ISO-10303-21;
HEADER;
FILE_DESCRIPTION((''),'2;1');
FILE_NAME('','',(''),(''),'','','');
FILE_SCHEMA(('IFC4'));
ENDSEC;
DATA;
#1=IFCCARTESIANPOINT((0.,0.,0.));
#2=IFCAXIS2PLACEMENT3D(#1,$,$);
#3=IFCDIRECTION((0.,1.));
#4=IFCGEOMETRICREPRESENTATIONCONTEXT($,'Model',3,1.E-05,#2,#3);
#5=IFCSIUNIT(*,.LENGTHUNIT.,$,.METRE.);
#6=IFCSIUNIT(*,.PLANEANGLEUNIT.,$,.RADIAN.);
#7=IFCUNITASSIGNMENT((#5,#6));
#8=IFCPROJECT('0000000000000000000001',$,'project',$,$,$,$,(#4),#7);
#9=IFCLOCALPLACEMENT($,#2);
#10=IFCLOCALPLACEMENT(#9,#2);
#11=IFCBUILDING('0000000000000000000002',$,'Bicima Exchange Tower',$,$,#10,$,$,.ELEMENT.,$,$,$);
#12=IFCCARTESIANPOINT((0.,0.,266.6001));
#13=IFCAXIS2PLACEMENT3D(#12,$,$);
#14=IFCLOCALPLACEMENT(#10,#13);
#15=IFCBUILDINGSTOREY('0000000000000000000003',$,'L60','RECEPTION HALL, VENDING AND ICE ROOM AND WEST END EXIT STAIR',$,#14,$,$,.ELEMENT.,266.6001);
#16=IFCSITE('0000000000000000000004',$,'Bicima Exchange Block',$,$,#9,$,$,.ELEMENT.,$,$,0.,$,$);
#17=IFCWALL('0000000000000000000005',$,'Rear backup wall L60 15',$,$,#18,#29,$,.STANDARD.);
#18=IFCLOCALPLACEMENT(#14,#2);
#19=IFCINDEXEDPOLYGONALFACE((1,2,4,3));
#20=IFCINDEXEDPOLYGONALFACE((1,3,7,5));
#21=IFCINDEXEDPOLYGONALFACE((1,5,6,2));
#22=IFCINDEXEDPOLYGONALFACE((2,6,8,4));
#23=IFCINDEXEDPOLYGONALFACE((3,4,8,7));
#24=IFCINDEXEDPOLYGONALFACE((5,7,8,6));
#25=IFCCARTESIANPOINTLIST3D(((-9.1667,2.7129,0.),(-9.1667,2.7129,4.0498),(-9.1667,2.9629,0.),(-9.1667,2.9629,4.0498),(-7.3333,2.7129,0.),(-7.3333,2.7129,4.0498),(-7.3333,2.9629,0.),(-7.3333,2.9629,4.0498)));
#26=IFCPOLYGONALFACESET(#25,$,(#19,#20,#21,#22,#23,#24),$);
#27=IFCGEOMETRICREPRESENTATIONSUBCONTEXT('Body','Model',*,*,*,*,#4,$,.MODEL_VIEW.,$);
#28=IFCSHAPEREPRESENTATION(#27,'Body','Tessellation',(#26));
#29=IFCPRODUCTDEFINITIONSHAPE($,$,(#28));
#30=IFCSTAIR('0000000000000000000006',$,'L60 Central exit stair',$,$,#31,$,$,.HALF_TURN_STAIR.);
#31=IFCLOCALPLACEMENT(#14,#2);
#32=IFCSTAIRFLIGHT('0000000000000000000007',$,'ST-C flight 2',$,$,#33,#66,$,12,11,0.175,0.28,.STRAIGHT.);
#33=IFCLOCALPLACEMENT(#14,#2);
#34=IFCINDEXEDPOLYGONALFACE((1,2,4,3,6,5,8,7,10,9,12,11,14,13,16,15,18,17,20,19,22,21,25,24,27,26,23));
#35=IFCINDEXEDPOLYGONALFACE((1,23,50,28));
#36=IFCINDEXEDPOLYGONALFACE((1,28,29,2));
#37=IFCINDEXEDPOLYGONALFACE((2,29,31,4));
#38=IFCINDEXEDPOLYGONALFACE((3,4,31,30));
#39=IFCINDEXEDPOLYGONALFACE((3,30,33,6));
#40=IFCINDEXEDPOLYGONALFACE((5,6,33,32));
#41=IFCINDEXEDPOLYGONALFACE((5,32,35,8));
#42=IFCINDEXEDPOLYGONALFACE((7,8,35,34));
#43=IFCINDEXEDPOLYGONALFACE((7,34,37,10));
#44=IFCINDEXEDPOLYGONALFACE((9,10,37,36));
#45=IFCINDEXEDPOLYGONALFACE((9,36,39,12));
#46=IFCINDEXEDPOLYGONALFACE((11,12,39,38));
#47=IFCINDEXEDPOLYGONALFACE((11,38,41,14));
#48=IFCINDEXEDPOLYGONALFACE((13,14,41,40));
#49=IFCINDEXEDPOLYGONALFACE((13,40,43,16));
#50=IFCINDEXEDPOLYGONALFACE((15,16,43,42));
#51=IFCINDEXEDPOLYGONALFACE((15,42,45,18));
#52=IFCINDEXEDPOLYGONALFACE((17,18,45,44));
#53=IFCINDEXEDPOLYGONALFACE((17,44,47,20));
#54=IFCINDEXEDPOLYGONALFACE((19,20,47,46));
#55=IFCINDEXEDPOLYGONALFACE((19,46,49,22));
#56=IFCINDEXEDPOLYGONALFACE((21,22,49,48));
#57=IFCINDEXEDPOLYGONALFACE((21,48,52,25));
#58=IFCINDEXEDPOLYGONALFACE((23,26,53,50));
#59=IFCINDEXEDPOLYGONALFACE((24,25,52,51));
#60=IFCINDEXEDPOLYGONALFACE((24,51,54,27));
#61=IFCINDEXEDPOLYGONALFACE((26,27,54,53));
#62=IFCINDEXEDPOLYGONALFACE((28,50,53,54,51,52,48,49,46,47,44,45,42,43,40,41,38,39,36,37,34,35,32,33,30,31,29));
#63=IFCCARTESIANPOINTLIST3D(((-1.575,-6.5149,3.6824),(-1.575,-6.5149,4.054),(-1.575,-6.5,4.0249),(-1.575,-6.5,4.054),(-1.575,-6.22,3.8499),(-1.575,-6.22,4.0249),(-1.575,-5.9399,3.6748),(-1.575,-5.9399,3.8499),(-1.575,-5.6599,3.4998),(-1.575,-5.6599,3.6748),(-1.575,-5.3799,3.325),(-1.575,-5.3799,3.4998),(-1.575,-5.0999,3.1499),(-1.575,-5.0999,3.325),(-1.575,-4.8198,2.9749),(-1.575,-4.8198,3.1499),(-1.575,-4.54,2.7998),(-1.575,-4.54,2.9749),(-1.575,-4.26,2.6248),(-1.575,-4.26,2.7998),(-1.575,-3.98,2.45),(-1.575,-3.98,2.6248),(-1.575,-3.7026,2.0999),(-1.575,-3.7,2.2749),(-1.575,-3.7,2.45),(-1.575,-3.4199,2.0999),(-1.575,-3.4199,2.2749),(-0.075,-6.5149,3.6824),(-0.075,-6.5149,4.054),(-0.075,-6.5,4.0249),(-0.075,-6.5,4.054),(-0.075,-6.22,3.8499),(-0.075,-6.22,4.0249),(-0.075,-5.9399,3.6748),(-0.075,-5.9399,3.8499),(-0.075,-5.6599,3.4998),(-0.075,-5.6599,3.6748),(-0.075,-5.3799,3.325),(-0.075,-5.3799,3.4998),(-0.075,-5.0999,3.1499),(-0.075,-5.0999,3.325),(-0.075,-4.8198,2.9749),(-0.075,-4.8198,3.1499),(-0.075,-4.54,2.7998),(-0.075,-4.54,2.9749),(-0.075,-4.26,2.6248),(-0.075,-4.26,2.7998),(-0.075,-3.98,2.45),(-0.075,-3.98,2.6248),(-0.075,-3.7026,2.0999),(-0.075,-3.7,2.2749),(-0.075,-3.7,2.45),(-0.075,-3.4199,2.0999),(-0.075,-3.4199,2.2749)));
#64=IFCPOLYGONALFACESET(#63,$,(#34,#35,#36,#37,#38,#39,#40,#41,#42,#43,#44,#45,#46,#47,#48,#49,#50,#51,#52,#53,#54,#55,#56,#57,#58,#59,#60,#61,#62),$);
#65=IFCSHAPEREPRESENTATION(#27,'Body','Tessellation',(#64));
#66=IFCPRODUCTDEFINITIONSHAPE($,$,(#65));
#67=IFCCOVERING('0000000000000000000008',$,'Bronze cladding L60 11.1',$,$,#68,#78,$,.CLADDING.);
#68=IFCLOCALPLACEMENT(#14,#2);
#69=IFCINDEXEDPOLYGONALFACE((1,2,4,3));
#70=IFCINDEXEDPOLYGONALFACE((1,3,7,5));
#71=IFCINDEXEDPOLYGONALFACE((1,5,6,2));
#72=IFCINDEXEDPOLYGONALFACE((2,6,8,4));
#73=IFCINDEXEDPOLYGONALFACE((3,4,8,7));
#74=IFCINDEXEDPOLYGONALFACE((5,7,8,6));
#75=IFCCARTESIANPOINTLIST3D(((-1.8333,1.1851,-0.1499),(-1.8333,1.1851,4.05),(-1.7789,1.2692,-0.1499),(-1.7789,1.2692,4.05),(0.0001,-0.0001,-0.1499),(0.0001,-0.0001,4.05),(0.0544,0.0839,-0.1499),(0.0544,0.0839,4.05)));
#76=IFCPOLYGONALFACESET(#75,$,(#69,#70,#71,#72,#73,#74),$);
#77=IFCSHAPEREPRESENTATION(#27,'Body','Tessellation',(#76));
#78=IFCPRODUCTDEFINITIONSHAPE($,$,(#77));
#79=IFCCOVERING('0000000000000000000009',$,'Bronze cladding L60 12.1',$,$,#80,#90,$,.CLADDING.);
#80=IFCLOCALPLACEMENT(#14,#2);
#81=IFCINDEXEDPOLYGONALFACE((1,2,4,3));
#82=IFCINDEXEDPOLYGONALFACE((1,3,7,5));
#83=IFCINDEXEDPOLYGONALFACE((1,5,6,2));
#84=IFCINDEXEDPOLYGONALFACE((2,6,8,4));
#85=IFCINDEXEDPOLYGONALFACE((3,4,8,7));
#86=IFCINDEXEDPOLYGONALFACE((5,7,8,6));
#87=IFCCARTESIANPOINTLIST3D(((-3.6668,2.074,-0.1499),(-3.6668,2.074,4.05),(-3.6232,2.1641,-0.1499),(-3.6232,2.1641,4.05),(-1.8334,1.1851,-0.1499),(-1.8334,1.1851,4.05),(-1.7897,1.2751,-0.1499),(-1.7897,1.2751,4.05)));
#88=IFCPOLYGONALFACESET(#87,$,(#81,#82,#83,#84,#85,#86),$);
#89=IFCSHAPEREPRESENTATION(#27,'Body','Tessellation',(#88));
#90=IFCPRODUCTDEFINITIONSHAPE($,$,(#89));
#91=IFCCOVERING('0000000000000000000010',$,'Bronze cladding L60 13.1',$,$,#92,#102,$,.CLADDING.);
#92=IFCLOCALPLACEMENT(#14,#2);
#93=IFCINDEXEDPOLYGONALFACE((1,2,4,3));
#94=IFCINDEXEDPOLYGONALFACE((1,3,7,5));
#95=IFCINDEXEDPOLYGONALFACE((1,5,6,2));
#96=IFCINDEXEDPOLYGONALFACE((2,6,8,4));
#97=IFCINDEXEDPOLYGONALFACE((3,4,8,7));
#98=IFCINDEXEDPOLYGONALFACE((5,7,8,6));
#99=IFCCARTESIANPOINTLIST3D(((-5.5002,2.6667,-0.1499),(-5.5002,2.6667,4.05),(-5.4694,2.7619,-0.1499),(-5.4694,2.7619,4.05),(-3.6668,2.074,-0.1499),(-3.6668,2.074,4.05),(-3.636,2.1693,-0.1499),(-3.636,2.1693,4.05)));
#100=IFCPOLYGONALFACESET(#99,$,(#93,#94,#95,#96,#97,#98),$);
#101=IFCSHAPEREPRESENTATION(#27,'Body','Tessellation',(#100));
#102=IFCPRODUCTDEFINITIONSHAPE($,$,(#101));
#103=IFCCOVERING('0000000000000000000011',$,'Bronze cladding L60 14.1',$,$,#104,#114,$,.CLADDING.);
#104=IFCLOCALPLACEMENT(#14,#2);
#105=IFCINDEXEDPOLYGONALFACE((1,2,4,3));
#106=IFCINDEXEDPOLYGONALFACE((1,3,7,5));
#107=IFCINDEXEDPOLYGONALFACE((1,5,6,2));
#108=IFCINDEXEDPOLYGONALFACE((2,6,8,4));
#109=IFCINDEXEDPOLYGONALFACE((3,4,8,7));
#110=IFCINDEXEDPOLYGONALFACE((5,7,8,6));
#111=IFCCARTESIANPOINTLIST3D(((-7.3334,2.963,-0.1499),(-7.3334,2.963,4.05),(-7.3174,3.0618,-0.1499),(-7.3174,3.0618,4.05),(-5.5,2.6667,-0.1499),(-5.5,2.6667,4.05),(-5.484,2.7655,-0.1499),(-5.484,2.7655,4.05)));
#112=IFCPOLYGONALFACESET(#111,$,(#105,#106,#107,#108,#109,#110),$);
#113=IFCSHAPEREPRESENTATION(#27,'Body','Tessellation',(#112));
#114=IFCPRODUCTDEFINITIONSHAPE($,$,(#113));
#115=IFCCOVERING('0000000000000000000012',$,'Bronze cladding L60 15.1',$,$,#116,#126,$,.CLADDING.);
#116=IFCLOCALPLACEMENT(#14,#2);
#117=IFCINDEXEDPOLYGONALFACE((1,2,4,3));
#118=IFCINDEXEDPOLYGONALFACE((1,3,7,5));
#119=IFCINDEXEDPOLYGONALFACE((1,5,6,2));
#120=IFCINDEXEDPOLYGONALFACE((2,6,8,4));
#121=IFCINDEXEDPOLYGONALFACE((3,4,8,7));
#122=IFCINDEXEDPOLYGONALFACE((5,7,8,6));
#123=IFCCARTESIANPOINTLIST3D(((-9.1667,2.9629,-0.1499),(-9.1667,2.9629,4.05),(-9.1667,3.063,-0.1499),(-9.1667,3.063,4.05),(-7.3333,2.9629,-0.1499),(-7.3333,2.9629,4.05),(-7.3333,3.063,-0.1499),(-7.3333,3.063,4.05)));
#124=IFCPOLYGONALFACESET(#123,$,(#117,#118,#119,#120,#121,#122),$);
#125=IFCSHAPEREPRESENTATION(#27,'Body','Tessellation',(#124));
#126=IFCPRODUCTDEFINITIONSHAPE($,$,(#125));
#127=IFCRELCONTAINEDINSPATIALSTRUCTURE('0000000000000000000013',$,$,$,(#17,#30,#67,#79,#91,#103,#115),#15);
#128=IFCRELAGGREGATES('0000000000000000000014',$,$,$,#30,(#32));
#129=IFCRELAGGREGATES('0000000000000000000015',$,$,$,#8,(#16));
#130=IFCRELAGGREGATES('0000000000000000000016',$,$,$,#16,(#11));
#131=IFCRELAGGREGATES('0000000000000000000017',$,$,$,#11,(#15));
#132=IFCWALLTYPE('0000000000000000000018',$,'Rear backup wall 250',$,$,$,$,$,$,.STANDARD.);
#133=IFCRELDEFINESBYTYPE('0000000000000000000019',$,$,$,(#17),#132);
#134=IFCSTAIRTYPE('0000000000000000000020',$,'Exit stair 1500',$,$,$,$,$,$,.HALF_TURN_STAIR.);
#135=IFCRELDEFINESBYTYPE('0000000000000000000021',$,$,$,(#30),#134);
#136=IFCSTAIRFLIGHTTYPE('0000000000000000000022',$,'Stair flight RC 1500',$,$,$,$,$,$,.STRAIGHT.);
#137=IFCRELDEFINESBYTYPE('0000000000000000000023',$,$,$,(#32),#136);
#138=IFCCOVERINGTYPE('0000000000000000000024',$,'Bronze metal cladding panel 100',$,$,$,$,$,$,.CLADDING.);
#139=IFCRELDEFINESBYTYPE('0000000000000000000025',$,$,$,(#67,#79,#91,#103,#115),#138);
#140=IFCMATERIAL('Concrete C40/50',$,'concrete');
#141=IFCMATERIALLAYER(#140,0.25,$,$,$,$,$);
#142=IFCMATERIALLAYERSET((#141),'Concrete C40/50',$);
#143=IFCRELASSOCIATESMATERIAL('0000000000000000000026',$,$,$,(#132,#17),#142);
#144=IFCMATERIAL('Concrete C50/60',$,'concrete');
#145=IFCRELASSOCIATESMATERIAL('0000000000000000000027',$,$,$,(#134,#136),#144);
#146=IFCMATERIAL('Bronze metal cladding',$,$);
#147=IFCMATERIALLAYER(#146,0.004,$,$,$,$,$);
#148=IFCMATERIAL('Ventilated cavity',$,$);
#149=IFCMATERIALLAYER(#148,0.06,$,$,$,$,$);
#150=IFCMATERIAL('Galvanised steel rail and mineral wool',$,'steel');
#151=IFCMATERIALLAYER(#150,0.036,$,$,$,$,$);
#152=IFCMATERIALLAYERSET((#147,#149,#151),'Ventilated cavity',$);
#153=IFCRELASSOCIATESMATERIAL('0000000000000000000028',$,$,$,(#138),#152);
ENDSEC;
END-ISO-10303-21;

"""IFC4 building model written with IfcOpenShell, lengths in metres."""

from ifc_helpers import new_model, si_unit, direction, frame, frame_2d, origin, origin_2d, place, context, subcontext, project, spatial, polyline, rectangle, outline, extrude, material, layer, layer_set, layer_usage, type_object, element, aggregate, save


model = new_model("IFC4")

# Units and contexts
model_context = context("Model", 3, precision=1e-05, world=origin(), true_north=direction((0.0, 1.0)))
body_context = subcontext(model_context, "Body", "Model", "MODEL_VIEW")
ifc_project = project(units=[si_unit("LENGTHUNIT", "METRE"), si_unit("PLANEANGLEUNIT", "RADIAN")], contexts=[model_context])

# Site, building, storey
site_placement = place(None, origin())
site = spatial("IfcSite", under=ifc_project, at=site_placement, Name="Bicima Exchange Block", CompositionType="ELEMENT", RefElevation=0.0)
building_placement = place(site_placement, origin())
building = spatial("IfcBuilding", under=site, at=building_placement, Name="Bicima Exchange Tower", CompositionType="ELEMENT")
storey_placement = place(building_placement, frame((0.0, 0.0, 266.6001)))
storey = spatial("IfcBuildingStorey", under=building, at=storey_placement, Name="L60", Description="RECEPTION HALL, VENDING AND ICE ROOM AND WEST END EXIT STAIR", CompositionType="ELEMENT", Elevation=266.6001)

# Shared definitions
ifc_material_1 = material(Name="Concrete C40/50", Category="concrete")

# Shared definitions
ifc_material_2 = material(Name="Concrete C50/60", Category="concrete")

# Wall
ifc_layer_1 = layer(ifc_material_1, 0.25)
ifc_layer_set_1 = layer_set([ifc_layer_1], Name="Concrete C40/50")
ifc_layer_usage = layer_usage(ifc_layer_set_1, "AXIS2", "POSITIVE", -0.125)
wall_type_1 = type_object("IfcWallType", Name="Rear backup wall 250", PredefinedType="STANDARD", material=ifc_layer_set_1)
wall_1_placement = place(storey_placement, frame((-7.3333, 2.8379, 0.0), z_axis=(0.0, 0.0, 1.0), x_axis=(-1.0, 0.0, 0.0)))
element("IfcWall", 1, at=wall_1_placement, inside=storey, type_object=wall_type_1, material=ifc_layer_usage, Name="Rear backup wall L60 15", PredefinedType="STANDARD", context=body_context, shape_type="SweptSolid", body=[
    extrude(rectangle(XDim=1.8335, YDim=0.25, at=frame_2d((0.9167, 0.0))), origin(), (0.0, 0.0, 1.0), 4.0498),
])

# Stair, stair flight
stair_type_1 = type_object("IfcStairType", Name="Exit stair 1500", PredefinedType="HALF_TURN_STAIR", material=ifc_material_2)
stair_1_placement = place(storey_placement, origin())
stair_1 = element("IfcStair", 2, at=stair_1_placement, inside=storey, type_object=stair_type_1, Name="L60 Central exit stair", PredefinedType="HALF_TURN_STAIR")
stair_flight_type = type_object("IfcStairFlightType", Name="Stair flight RC 1500", PredefinedType="STRAIGHT", material=ifc_material_2)
stair_flight_placement = place(storey_placement, frame((-0.825, -3.4199, 2.0999), z_axis=(0.0, 0.0, 1.0), x_axis=(0.0, -1.0, 0.0)))
stair_flight = element("IfcStairFlight", 3, at=stair_flight_placement, type_object=stair_flight_type, Name="ST-C flight 2", NumberOfRisers=12, NumberOfTreads=11, PredefinedType="STRAIGHT", RiserHeight=0.175, TreadLength=0.28, context=body_context, shape_type="SweptSolid", body=[
    extrude(outline(polyline([(0.0, 0.0), (0.0, 0.175), (0.28, 0.175), (0.28, 0.3501), (0.5601, 0.3501), (0.5601, 0.5249), (0.8401, 0.5249), (0.8401, 0.7), (1.1201, 0.7), (1.1201, 0.875), (1.3999, 0.875), (1.3999, 1.05), (1.6799, 1.05), (1.6799, 1.2251), (1.96, 1.2251), (1.96, 1.3999), (2.24, 1.3999), (2.24, 1.575), (2.52, 1.575), (2.52, 1.75), (2.8, 1.75), (2.8, 1.925), (3.0801, 1.925), (3.0801, 1.9541), (3.095, 1.9541), (3.095, 1.5825), (0.2827, 0.0), (0.0, 0.0)])), frame((0.0, 0.75, 0.0), z_axis=(0.0, -1.0, 0.0), x_axis=(1.0, 0.0, 0.0)), (0.0, 0.0, 1.0), 1.5),
])
aggregate(stair_1, [stair_flight])

# Coverings
ifc_material_3 = material(Name="Bronze metal cladding")
ifc_layer_2 = layer(ifc_material_3, 0.004)
ifc_material_4 = material(Name="Ventilated cavity")
ifc_layer_3 = layer(ifc_material_4, 0.06)
ifc_material_5 = material(Name="Galvanised steel rail and mineral wool", Category="steel")
ifc_layer_4 = layer(ifc_material_5, 0.036)
ifc_layer_set_2 = layer_set([ifc_layer_2, ifc_layer_3, ifc_layer_4], Name="Ventilated cavity")
covering_type = type_object("IfcCoveringType", Name="Bronze metal cladding panel 100", PredefinedType="CLADDING", material=ifc_layer_set_2)
covering_1_placement = place(storey_placement, frame((-0.8894, 0.6345, -0.1499), z_axis=(0.0, 0.0, 1.0), x_axis=(-0.83979, 0.542911, 0.0)))
element("IfcCovering", 4, at=covering_1_placement, inside=storey, type_object=covering_type, Name="Bronze cladding L60 11.1", PredefinedType="CLADDING", context=body_context, shape_type="SweptSolid", body=[
    extrude(rectangle(XDim=2.1831, YDim=0.1001, at=origin_2d()), origin(), (0.0, 0.0, 1.0), 4.2),
])
covering_2_placement = place(storey_placement, frame((-2.7283, 1.6746, -0.1499), z_axis=(0.0, 0.0, 1.0), x_axis=(-0.899818, 0.436265, 0.0)))
element("IfcCovering", 5, at=covering_2_placement, inside=storey, type_object=covering_type, Name="Bronze cladding L60 12.1", PredefinedType="CLADDING", context=body_context, shape_type="SweptSolid", body=[
    extrude(rectangle(XDim=2.0376, YDim=0.1001, at=origin_2d()), origin(), (0.0, 0.0, 1.0), 4.2),
])
covering_3_placement = place(storey_placement, frame((-4.5681, 2.418, -0.1499), z_axis=(0.0, 0.0, 1.0), x_axis=(-0.951525, 0.307573, 0.0)))
element("IfcCovering", 6, at=covering_3_placement, inside=storey, type_object=covering_type, Name="Bronze cladding L60 13.1", PredefinedType="CLADDING", context=body_context, shape_type="SweptSolid", body=[
    extrude(rectangle(XDim=1.9268, YDim=0.1001, at=origin_2d()), origin(), (0.0, 0.0, 1.0), 4.2),
])
covering_4_placement = place(storey_placement, frame((-6.4087, 2.8643, -0.1499), z_axis=(0.0, 0.0, 1.0), x_axis=(-0.98719, 0.15955, 0.0)))
element("IfcCovering", 7, at=covering_4_placement, inside=storey, type_object=covering_type, Name="Bronze cladding L60 14.1", PredefinedType="CLADDING", context=body_context, shape_type="SweptSolid", body=[
    extrude(rectangle(XDim=1.8572, YDim=0.1001, at=origin_2d()), origin(), (0.0, 0.0, 1.0), 4.2),
])
covering_5_placement = place(storey_placement, frame((-8.25, 3.0129, -0.1499), z_axis=(0.0, 0.0, 1.0), x_axis=(-1.0, 0.0, 0.0)))
element("IfcCovering", 8, at=covering_5_placement, inside=storey, type_object=covering_type, Name="Bronze cladding L60 15.1", PredefinedType="CLADDING", context=body_context, shape_type="SweptSolid", body=[
    extrude(rectangle(XDim=1.8335, YDim=0.1001, at=origin_2d()), origin(), (0.0, 0.0, 1.0), 4.2),
])

save(model, "model.ifc")
